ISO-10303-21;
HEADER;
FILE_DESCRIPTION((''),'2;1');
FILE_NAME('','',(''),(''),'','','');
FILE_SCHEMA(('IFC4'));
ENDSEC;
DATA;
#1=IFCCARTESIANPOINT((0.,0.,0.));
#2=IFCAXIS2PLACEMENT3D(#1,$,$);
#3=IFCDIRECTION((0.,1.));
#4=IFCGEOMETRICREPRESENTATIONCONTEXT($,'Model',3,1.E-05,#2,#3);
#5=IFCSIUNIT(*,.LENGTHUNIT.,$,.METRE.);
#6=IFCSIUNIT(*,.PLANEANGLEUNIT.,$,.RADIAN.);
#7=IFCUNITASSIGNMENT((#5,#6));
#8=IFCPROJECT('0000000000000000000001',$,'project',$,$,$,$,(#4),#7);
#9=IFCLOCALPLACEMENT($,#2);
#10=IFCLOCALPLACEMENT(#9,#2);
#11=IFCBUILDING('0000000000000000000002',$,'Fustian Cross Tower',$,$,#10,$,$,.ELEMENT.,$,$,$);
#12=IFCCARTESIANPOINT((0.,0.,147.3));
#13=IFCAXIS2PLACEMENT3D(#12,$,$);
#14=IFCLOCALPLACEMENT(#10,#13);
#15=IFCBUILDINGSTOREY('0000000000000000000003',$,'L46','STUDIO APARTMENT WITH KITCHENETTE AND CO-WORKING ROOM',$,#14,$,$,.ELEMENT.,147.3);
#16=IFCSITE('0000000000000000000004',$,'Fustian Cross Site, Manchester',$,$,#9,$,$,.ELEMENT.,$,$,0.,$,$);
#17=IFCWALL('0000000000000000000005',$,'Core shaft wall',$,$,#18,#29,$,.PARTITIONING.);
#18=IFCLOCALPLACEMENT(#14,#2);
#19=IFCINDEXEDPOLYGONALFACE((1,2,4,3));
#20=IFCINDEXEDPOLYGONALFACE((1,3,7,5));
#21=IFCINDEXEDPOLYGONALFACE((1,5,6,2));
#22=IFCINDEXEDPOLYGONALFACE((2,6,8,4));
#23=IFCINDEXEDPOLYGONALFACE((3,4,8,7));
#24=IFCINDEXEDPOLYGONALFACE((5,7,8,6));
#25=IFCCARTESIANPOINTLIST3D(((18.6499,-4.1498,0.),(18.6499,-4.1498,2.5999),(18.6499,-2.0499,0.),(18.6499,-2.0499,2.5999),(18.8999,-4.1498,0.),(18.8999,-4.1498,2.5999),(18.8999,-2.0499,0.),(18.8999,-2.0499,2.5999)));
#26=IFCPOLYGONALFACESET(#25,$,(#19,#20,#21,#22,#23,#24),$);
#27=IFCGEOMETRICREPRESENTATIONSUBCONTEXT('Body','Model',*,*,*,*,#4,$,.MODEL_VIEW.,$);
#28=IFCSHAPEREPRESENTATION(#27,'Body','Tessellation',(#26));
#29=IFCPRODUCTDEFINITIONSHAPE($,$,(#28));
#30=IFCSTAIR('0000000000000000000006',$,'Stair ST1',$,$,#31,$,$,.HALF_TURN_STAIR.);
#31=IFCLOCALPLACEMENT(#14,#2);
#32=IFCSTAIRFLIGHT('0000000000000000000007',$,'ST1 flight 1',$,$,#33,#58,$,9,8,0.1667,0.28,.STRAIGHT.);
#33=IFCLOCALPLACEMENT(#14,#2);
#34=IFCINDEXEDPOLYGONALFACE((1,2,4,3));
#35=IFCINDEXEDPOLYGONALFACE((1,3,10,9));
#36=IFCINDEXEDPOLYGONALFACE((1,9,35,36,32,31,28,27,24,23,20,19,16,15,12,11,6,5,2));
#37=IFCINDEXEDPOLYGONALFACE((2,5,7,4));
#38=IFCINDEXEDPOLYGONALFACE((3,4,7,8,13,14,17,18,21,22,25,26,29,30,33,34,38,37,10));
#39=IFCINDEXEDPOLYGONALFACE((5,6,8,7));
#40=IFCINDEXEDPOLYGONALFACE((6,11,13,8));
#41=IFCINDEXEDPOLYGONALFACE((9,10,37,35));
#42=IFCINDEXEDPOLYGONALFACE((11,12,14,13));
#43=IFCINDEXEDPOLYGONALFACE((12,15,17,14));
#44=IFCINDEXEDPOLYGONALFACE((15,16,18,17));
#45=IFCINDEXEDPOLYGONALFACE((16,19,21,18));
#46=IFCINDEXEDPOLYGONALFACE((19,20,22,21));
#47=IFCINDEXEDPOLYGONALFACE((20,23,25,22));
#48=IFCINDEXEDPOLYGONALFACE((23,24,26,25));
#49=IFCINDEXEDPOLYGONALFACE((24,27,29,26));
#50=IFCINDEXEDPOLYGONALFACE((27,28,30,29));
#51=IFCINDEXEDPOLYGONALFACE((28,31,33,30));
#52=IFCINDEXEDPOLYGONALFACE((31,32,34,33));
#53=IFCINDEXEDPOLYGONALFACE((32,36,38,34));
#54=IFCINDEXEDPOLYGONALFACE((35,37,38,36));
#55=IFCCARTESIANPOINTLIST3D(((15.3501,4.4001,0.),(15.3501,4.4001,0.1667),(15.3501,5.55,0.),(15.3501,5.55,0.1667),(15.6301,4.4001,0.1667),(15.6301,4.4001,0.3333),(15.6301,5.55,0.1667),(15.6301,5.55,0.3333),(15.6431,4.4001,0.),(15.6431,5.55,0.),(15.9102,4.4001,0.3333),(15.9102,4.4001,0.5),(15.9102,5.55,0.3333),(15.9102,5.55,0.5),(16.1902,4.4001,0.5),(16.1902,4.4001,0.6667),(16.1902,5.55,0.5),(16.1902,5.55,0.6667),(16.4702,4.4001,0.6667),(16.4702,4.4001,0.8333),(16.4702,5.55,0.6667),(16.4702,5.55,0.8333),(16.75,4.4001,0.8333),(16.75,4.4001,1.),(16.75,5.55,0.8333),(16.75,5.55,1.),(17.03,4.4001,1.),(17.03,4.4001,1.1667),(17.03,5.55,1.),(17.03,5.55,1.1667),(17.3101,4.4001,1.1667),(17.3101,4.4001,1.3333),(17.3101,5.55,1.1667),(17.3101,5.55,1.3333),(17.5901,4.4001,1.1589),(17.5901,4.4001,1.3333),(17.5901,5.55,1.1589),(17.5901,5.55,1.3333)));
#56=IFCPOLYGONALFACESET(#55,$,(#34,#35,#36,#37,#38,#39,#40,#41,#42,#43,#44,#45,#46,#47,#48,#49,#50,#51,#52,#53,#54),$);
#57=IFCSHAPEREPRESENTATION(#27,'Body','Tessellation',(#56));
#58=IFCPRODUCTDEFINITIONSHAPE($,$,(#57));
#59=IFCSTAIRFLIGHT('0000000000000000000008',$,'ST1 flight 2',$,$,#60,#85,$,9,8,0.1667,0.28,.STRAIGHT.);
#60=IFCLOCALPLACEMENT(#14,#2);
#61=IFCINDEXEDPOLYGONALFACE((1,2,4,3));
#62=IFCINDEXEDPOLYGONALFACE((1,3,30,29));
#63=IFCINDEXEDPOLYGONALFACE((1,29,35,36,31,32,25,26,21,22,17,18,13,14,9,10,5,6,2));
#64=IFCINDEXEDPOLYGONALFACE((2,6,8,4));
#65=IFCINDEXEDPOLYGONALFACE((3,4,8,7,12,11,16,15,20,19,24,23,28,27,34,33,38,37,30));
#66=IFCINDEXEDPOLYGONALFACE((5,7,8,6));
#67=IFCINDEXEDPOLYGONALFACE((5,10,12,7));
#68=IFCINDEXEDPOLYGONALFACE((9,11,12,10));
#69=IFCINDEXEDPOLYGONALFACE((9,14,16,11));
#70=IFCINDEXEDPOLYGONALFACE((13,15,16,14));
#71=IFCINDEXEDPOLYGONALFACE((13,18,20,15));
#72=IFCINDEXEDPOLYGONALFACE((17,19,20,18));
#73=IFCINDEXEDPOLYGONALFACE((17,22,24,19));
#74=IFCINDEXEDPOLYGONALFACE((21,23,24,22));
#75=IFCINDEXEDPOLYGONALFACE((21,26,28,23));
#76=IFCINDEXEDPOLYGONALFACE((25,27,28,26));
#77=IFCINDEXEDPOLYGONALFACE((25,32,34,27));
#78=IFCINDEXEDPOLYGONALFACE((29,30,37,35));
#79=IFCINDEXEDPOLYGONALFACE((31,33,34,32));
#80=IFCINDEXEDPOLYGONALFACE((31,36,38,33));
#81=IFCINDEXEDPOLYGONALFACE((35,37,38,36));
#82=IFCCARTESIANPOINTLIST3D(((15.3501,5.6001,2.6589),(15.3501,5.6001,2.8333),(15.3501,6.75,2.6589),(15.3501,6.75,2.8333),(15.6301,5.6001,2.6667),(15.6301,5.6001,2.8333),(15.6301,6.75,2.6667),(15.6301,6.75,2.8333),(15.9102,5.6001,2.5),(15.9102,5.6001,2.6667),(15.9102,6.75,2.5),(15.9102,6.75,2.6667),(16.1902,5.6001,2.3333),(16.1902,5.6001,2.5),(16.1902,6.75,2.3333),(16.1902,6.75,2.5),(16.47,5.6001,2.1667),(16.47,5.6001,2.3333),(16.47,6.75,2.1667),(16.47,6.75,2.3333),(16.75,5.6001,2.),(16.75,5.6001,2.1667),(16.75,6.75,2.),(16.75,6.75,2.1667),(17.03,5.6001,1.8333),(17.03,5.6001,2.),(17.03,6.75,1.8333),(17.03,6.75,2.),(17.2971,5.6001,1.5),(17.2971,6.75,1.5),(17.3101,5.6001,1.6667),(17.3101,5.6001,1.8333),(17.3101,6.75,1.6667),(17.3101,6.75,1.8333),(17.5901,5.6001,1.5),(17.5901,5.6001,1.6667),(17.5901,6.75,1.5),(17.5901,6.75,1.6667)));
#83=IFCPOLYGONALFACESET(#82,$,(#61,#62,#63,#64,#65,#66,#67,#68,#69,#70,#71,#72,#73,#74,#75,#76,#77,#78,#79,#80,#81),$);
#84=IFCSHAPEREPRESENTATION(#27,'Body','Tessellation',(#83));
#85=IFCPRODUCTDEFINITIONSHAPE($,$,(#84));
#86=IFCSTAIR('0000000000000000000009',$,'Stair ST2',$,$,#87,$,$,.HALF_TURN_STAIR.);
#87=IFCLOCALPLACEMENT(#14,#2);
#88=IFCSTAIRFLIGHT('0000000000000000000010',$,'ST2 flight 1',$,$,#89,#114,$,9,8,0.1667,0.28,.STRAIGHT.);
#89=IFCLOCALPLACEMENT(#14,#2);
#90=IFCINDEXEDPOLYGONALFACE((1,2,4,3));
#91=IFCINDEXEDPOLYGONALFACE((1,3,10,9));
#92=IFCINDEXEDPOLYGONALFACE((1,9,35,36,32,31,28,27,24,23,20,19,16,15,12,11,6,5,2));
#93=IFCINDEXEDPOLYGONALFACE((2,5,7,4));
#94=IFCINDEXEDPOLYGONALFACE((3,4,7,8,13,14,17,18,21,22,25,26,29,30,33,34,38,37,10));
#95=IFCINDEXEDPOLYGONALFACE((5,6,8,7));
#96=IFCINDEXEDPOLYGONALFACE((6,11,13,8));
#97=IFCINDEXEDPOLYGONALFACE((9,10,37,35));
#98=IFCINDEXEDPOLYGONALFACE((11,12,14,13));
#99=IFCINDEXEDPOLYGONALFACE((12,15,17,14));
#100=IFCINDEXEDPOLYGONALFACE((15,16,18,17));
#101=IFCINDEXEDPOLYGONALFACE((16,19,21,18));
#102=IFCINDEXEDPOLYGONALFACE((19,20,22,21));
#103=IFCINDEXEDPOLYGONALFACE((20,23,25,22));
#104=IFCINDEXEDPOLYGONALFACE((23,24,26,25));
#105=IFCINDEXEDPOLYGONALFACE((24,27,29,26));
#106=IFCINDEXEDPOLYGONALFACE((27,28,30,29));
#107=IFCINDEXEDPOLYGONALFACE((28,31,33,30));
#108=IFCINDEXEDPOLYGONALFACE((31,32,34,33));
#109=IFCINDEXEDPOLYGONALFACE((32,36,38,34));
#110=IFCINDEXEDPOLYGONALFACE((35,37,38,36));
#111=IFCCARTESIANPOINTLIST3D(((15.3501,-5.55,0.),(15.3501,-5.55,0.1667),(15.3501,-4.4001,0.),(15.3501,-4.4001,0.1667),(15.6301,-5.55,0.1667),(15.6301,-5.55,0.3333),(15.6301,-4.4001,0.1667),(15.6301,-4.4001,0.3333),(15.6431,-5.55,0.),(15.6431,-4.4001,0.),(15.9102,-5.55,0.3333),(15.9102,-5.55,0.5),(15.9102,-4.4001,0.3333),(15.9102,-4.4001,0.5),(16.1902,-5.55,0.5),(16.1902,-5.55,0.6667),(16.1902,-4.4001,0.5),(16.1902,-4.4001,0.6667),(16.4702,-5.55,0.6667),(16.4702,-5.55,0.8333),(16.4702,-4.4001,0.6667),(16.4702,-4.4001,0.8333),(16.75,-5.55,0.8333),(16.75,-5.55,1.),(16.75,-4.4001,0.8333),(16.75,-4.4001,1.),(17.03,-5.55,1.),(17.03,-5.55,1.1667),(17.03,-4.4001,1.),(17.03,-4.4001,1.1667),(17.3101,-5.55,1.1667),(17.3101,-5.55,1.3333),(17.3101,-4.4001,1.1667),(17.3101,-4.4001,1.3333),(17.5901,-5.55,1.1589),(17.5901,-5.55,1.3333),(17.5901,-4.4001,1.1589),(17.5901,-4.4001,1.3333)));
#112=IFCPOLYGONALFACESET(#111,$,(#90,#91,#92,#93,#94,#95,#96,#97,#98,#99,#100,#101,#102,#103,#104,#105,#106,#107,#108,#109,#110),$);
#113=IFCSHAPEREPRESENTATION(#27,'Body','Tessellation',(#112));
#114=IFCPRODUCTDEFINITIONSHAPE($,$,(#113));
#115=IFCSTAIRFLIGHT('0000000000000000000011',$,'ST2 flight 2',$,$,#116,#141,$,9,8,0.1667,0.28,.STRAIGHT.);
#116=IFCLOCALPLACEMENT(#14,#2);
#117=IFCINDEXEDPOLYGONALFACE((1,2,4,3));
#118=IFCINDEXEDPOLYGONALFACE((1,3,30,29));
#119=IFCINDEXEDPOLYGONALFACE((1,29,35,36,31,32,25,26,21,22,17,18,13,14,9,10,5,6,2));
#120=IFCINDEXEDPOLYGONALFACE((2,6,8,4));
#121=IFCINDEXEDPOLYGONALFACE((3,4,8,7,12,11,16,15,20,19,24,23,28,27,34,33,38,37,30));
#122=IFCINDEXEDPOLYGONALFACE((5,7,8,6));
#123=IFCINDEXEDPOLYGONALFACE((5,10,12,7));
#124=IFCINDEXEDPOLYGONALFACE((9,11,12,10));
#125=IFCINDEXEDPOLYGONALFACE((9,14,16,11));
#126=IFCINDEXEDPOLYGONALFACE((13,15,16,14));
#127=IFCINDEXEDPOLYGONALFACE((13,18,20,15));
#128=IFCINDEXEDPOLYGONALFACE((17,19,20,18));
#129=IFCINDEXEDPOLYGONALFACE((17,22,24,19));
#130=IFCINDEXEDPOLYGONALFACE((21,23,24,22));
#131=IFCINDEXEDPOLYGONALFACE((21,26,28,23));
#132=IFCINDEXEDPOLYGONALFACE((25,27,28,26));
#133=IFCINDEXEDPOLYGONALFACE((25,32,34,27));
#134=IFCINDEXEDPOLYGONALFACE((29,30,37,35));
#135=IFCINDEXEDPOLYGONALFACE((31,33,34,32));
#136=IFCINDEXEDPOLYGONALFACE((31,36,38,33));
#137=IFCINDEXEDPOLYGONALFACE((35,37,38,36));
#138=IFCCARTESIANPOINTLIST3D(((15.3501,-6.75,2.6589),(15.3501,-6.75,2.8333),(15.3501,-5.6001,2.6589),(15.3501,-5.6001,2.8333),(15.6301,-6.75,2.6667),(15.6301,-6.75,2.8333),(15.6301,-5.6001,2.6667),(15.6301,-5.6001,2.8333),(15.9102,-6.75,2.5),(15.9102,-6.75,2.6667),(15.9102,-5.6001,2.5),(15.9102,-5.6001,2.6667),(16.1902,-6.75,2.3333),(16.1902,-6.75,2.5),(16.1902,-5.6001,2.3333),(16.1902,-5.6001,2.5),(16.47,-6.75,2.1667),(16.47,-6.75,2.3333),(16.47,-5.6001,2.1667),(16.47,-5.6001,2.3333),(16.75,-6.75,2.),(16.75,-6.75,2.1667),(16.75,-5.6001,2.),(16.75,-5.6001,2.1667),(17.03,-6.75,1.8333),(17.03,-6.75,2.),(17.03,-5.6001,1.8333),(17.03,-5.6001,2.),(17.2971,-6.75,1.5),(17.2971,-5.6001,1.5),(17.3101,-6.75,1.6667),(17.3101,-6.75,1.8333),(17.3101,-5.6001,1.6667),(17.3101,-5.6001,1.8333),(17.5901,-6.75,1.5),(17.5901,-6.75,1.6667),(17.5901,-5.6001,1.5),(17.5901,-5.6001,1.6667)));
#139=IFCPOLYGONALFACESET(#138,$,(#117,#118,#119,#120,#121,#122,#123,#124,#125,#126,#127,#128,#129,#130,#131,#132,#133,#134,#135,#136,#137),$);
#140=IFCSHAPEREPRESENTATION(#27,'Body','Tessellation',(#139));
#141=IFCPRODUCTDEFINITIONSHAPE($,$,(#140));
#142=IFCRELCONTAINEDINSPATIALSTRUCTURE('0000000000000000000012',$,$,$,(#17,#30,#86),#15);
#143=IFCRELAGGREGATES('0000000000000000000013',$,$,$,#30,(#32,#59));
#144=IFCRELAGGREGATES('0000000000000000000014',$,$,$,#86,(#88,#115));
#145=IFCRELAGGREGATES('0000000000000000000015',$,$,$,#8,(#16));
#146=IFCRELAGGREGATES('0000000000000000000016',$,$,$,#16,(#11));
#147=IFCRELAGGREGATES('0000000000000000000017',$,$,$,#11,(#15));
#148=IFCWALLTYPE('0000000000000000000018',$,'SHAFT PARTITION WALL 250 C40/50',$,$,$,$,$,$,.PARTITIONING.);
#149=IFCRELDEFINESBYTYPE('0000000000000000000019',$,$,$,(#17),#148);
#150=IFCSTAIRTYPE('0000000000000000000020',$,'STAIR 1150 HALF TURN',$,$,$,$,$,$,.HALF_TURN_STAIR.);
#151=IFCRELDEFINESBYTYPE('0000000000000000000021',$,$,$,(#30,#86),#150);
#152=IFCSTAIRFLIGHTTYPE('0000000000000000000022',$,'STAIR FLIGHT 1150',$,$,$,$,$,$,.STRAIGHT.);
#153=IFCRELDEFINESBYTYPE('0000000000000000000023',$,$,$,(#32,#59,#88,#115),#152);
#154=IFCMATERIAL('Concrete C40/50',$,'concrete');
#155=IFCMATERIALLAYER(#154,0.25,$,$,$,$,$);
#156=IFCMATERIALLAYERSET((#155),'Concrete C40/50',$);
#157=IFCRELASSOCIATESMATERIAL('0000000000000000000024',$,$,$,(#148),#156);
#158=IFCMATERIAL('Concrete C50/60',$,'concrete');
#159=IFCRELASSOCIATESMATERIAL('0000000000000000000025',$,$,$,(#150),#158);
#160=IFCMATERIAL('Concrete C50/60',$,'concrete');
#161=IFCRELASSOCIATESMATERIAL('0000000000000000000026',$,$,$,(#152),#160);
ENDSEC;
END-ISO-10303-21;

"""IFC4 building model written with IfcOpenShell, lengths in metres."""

from ifc_helpers import new_model, si_unit, direction, frame, frame_2d, origin, place, context, subcontext, project, spatial, polyline, rectangle, outline, extrude, material, layer, layer_set, type_object, element, aggregate, save


model = new_model("IFC4")

# Units and contexts
model_context = context("Model", 3, precision=1e-05, world=origin(), true_north=direction((0.0, 1.0)))
body_context = subcontext(model_context, "Body", "Model", "MODEL_VIEW")
ifc_project = project(units=[si_unit("LENGTHUNIT", "METRE"), si_unit("PLANEANGLEUNIT", "RADIAN")], contexts=[model_context])

# Site, building, storey
site_placement = place(None, origin())
site = spatial("IfcSite", under=ifc_project, at=site_placement, Name="Fustian Cross Site, Manchester", CompositionType="ELEMENT", RefElevation=0.0)
building_placement = place(site_placement, origin())
building = spatial("IfcBuilding", under=site, at=building_placement, Name="Fustian Cross Tower", CompositionType="ELEMENT")
storey_placement = place(building_placement, frame((0.0, 0.0, 147.3)))
storey = spatial("IfcBuildingStorey", under=building, at=storey_placement, Name="L46", Description="STUDIO APARTMENT WITH KITCHENETTE AND CO-WORKING ROOM", CompositionType="ELEMENT", Elevation=147.3)

# Wall
ifc_material_1 = material(Name="Concrete C40/50", Category="concrete")
ifc_layer_1 = layer(ifc_material_1, 0.25)
ifc_layer_set_1 = layer_set([ifc_layer_1], Name="Concrete C40/50")
wall_type_1 = type_object("IfcWallType", Name="SHAFT PARTITION WALL 250 C40/50", PredefinedType="PARTITIONING", material=ifc_layer_set_1)
for number, where, z_axis, x_axis, name in (
    (1, (18.7749, -2.05, 0.0), (0.0, 0.0, 1.0), (0.0, -1.0, 0.0), "Core shaft wall"),
):
    element("IfcWall", number, at=place(storey_placement, frame(where, z_axis=z_axis, x_axis=x_axis)), inside=storey, type_object=wall_type_1, Name=name, PredefinedType="PARTITIONING", context=body_context, shape_type="SweptSolid", body=[
        extrude(rectangle(XDim=2.0999, YDim=0.25, at=frame_2d((1.0498, 0.0))), origin(), (0.0, 0.0, 1.0), 2.5999),
    ])

# Stairs, stair flights
ifc_material_2 = material(Name="Concrete C50/60", Category="concrete")
stair_type = type_object("IfcStairType", Name="STAIR 1150 HALF TURN", PredefinedType="HALF_TURN_STAIR", material=ifc_material_2)
stair_1_placement = place(storey_placement, origin())
stair_1 = element("IfcStair", 2, at=stair_1_placement, inside=storey, type_object=stair_type, Name="Stair ST1", PredefinedType="HALF_TURN_STAIR")
ifc_material_3 = material(Name="Concrete C50/60", Category="concrete")
stair_flight_type = type_object("IfcStairFlightType", Name="STAIR FLIGHT 1150", PredefinedType="STRAIGHT", material=ifc_material_3)
stair_flight_1_placement = place(storey_placement, frame((15.3501, 4.9751, 0.0), z_axis=(0.0, 0.0, 1.0), x_axis=(1.0, 0.0, 0.0)))
stair_flight_1 = element("IfcStairFlight", 3, at=stair_flight_1_placement, type_object=stair_flight_type, Name="ST1 flight 1", NumberOfRisers=9, NumberOfTreads=8, PredefinedType="STRAIGHT", RiserHeight=0.1667, TreadLength=0.28, context=body_context, shape_type="SweptSolid", body=[
    extrude(outline(polyline([(0.0, 0.0), (0.0, 0.1667), (0.28, 0.1667), (0.28, 0.3333), (0.5601, 0.3333), (0.5601, 0.5), (0.8401, 0.5), (0.8401, 0.6667), (1.1201, 0.6667), (1.1201, 0.8333), (1.3999, 0.8333), (1.3999, 1.0), (1.6799, 1.0), (1.6799, 1.1667), (1.96, 1.1667), (1.96, 1.3333), (2.24, 1.3333), (2.24, 1.5), (2.24, 1.1589), (0.293, 0.0), (0.0, 0.0)])), frame((0.0, 0.575, 0.0), z_axis=(0.0, -1.0, 0.0), x_axis=(1.0, 0.0, 0.0)), (0.0, 0.0, 1.0), 1.1499),
])
stair_flight_2_placement = place(storey_placement, frame((17.5901, 6.175, 1.5), z_axis=(0.0, 0.0, 1.0), x_axis=(-1.0, 0.0, 0.0)))
stair_flight_2 = element("IfcStairFlight", 4, at=stair_flight_2_placement, type_object=stair_flight_type, Name="ST1 flight 2", NumberOfRisers=9, NumberOfTreads=8, PredefinedType="STRAIGHT", RiserHeight=0.1667, TreadLength=0.28, context=body_context, shape_type="SweptSolid", body=[
    extrude(outline(polyline([(0.0, 0.0), (0.0, 0.1667), (0.28, 0.1667), (0.28, 0.3333), (0.5601, 0.3333), (0.5601, 0.5), (0.8401, 0.5), (0.8401, 0.6667), (1.1201, 0.6667), (1.1201, 0.8333), (1.3999, 0.8333), (1.3999, 1.0), (1.6799, 1.0), (1.6799, 1.1667), (1.96, 1.1667), (1.96, 1.3333), (2.24, 1.3333), (2.24, 1.5), (2.24, 1.1589), (0.293, 0.0), (0.0, 0.0)])), frame((0.0, 0.575, 0.0), z_axis=(0.0, -1.0, 0.0), x_axis=(1.0, 0.0, 0.0)), (0.0, 0.0, 1.0), 1.1499),
])
aggregate(stair_1, [stair_flight_1, stair_flight_2])
stair_2_placement = place(storey_placement, origin())
stair_2 = element("IfcStair", 5, at=stair_2_placement, inside=storey, type_object=stair_type, Name="Stair ST2", PredefinedType="HALF_TURN_STAIR")
stair_flight_3_placement = place(storey_placement, frame((15.3501, -4.9751, 0.0), z_axis=(0.0, 0.0, 1.0), x_axis=(1.0, 0.0, 0.0)))
stair_flight_3 = element("IfcStairFlight", 6, at=stair_flight_3_placement, type_object=stair_flight_type, Name="ST2 flight 1", NumberOfRisers=9, NumberOfTreads=8, PredefinedType="STRAIGHT", RiserHeight=0.1667, TreadLength=0.28, context=body_context, shape_type="SweptSolid", body=[
    extrude(outline(polyline([(0.0, 0.0), (0.0, 0.1667), (0.28, 0.1667), (0.28, 0.3333), (0.5601, 0.3333), (0.5601, 0.5), (0.8401, 0.5), (0.8401, 0.6667), (1.1201, 0.6667), (1.1201, 0.8333), (1.3999, 0.8333), (1.3999, 1.0), (1.6799, 1.0), (1.6799, 1.1667), (1.96, 1.1667), (1.96, 1.3333), (2.24, 1.3333), (2.24, 1.5), (2.24, 1.1589), (0.293, 0.0), (0.0, 0.0)])), frame((0.0, 0.575, 0.0), z_axis=(0.0, -1.0, 0.0), x_axis=(1.0, 0.0, 0.0)), (0.0, 0.0, 1.0), 1.1499),
])
stair_flight_4_placement = place(storey_placement, frame((17.5901, -6.175, 1.5), z_axis=(0.0, 0.0, 1.0), x_axis=(-1.0, 0.0, 0.0)))
stair_flight_4 = element("IfcStairFlight", 7, at=stair_flight_4_placement, type_object=stair_flight_type, Name="ST2 flight 2", NumberOfRisers=9, NumberOfTreads=8, PredefinedType="STRAIGHT", RiserHeight=0.1667, TreadLength=0.28, context=body_context, shape_type="SweptSolid", body=[
    extrude(outline(polyline([(0.0, 0.0), (0.0, 0.1667), (0.28, 0.1667), (0.28, 0.3333), (0.5601, 0.3333), (0.5601, 0.5), (0.8401, 0.5), (0.8401, 0.6667), (1.1201, 0.6667), (1.1201, 0.8333), (1.3999, 0.8333), (1.3999, 1.0), (1.6799, 1.0), (1.6799, 1.1667), (1.96, 1.1667), (1.96, 1.3333), (2.24, 1.3333), (2.24, 1.5), (2.24, 1.1589), (0.293, 0.0), (0.0, 0.0)])), frame((0.0, 0.575, 0.0), z_axis=(0.0, -1.0, 0.0), x_axis=(1.0, 0.0, 0.0)), (0.0, 0.0, 1.0), 1.1499),
])
aggregate(stair_2, [stair_flight_3, stair_flight_4])

save(model, "model.ifc")
